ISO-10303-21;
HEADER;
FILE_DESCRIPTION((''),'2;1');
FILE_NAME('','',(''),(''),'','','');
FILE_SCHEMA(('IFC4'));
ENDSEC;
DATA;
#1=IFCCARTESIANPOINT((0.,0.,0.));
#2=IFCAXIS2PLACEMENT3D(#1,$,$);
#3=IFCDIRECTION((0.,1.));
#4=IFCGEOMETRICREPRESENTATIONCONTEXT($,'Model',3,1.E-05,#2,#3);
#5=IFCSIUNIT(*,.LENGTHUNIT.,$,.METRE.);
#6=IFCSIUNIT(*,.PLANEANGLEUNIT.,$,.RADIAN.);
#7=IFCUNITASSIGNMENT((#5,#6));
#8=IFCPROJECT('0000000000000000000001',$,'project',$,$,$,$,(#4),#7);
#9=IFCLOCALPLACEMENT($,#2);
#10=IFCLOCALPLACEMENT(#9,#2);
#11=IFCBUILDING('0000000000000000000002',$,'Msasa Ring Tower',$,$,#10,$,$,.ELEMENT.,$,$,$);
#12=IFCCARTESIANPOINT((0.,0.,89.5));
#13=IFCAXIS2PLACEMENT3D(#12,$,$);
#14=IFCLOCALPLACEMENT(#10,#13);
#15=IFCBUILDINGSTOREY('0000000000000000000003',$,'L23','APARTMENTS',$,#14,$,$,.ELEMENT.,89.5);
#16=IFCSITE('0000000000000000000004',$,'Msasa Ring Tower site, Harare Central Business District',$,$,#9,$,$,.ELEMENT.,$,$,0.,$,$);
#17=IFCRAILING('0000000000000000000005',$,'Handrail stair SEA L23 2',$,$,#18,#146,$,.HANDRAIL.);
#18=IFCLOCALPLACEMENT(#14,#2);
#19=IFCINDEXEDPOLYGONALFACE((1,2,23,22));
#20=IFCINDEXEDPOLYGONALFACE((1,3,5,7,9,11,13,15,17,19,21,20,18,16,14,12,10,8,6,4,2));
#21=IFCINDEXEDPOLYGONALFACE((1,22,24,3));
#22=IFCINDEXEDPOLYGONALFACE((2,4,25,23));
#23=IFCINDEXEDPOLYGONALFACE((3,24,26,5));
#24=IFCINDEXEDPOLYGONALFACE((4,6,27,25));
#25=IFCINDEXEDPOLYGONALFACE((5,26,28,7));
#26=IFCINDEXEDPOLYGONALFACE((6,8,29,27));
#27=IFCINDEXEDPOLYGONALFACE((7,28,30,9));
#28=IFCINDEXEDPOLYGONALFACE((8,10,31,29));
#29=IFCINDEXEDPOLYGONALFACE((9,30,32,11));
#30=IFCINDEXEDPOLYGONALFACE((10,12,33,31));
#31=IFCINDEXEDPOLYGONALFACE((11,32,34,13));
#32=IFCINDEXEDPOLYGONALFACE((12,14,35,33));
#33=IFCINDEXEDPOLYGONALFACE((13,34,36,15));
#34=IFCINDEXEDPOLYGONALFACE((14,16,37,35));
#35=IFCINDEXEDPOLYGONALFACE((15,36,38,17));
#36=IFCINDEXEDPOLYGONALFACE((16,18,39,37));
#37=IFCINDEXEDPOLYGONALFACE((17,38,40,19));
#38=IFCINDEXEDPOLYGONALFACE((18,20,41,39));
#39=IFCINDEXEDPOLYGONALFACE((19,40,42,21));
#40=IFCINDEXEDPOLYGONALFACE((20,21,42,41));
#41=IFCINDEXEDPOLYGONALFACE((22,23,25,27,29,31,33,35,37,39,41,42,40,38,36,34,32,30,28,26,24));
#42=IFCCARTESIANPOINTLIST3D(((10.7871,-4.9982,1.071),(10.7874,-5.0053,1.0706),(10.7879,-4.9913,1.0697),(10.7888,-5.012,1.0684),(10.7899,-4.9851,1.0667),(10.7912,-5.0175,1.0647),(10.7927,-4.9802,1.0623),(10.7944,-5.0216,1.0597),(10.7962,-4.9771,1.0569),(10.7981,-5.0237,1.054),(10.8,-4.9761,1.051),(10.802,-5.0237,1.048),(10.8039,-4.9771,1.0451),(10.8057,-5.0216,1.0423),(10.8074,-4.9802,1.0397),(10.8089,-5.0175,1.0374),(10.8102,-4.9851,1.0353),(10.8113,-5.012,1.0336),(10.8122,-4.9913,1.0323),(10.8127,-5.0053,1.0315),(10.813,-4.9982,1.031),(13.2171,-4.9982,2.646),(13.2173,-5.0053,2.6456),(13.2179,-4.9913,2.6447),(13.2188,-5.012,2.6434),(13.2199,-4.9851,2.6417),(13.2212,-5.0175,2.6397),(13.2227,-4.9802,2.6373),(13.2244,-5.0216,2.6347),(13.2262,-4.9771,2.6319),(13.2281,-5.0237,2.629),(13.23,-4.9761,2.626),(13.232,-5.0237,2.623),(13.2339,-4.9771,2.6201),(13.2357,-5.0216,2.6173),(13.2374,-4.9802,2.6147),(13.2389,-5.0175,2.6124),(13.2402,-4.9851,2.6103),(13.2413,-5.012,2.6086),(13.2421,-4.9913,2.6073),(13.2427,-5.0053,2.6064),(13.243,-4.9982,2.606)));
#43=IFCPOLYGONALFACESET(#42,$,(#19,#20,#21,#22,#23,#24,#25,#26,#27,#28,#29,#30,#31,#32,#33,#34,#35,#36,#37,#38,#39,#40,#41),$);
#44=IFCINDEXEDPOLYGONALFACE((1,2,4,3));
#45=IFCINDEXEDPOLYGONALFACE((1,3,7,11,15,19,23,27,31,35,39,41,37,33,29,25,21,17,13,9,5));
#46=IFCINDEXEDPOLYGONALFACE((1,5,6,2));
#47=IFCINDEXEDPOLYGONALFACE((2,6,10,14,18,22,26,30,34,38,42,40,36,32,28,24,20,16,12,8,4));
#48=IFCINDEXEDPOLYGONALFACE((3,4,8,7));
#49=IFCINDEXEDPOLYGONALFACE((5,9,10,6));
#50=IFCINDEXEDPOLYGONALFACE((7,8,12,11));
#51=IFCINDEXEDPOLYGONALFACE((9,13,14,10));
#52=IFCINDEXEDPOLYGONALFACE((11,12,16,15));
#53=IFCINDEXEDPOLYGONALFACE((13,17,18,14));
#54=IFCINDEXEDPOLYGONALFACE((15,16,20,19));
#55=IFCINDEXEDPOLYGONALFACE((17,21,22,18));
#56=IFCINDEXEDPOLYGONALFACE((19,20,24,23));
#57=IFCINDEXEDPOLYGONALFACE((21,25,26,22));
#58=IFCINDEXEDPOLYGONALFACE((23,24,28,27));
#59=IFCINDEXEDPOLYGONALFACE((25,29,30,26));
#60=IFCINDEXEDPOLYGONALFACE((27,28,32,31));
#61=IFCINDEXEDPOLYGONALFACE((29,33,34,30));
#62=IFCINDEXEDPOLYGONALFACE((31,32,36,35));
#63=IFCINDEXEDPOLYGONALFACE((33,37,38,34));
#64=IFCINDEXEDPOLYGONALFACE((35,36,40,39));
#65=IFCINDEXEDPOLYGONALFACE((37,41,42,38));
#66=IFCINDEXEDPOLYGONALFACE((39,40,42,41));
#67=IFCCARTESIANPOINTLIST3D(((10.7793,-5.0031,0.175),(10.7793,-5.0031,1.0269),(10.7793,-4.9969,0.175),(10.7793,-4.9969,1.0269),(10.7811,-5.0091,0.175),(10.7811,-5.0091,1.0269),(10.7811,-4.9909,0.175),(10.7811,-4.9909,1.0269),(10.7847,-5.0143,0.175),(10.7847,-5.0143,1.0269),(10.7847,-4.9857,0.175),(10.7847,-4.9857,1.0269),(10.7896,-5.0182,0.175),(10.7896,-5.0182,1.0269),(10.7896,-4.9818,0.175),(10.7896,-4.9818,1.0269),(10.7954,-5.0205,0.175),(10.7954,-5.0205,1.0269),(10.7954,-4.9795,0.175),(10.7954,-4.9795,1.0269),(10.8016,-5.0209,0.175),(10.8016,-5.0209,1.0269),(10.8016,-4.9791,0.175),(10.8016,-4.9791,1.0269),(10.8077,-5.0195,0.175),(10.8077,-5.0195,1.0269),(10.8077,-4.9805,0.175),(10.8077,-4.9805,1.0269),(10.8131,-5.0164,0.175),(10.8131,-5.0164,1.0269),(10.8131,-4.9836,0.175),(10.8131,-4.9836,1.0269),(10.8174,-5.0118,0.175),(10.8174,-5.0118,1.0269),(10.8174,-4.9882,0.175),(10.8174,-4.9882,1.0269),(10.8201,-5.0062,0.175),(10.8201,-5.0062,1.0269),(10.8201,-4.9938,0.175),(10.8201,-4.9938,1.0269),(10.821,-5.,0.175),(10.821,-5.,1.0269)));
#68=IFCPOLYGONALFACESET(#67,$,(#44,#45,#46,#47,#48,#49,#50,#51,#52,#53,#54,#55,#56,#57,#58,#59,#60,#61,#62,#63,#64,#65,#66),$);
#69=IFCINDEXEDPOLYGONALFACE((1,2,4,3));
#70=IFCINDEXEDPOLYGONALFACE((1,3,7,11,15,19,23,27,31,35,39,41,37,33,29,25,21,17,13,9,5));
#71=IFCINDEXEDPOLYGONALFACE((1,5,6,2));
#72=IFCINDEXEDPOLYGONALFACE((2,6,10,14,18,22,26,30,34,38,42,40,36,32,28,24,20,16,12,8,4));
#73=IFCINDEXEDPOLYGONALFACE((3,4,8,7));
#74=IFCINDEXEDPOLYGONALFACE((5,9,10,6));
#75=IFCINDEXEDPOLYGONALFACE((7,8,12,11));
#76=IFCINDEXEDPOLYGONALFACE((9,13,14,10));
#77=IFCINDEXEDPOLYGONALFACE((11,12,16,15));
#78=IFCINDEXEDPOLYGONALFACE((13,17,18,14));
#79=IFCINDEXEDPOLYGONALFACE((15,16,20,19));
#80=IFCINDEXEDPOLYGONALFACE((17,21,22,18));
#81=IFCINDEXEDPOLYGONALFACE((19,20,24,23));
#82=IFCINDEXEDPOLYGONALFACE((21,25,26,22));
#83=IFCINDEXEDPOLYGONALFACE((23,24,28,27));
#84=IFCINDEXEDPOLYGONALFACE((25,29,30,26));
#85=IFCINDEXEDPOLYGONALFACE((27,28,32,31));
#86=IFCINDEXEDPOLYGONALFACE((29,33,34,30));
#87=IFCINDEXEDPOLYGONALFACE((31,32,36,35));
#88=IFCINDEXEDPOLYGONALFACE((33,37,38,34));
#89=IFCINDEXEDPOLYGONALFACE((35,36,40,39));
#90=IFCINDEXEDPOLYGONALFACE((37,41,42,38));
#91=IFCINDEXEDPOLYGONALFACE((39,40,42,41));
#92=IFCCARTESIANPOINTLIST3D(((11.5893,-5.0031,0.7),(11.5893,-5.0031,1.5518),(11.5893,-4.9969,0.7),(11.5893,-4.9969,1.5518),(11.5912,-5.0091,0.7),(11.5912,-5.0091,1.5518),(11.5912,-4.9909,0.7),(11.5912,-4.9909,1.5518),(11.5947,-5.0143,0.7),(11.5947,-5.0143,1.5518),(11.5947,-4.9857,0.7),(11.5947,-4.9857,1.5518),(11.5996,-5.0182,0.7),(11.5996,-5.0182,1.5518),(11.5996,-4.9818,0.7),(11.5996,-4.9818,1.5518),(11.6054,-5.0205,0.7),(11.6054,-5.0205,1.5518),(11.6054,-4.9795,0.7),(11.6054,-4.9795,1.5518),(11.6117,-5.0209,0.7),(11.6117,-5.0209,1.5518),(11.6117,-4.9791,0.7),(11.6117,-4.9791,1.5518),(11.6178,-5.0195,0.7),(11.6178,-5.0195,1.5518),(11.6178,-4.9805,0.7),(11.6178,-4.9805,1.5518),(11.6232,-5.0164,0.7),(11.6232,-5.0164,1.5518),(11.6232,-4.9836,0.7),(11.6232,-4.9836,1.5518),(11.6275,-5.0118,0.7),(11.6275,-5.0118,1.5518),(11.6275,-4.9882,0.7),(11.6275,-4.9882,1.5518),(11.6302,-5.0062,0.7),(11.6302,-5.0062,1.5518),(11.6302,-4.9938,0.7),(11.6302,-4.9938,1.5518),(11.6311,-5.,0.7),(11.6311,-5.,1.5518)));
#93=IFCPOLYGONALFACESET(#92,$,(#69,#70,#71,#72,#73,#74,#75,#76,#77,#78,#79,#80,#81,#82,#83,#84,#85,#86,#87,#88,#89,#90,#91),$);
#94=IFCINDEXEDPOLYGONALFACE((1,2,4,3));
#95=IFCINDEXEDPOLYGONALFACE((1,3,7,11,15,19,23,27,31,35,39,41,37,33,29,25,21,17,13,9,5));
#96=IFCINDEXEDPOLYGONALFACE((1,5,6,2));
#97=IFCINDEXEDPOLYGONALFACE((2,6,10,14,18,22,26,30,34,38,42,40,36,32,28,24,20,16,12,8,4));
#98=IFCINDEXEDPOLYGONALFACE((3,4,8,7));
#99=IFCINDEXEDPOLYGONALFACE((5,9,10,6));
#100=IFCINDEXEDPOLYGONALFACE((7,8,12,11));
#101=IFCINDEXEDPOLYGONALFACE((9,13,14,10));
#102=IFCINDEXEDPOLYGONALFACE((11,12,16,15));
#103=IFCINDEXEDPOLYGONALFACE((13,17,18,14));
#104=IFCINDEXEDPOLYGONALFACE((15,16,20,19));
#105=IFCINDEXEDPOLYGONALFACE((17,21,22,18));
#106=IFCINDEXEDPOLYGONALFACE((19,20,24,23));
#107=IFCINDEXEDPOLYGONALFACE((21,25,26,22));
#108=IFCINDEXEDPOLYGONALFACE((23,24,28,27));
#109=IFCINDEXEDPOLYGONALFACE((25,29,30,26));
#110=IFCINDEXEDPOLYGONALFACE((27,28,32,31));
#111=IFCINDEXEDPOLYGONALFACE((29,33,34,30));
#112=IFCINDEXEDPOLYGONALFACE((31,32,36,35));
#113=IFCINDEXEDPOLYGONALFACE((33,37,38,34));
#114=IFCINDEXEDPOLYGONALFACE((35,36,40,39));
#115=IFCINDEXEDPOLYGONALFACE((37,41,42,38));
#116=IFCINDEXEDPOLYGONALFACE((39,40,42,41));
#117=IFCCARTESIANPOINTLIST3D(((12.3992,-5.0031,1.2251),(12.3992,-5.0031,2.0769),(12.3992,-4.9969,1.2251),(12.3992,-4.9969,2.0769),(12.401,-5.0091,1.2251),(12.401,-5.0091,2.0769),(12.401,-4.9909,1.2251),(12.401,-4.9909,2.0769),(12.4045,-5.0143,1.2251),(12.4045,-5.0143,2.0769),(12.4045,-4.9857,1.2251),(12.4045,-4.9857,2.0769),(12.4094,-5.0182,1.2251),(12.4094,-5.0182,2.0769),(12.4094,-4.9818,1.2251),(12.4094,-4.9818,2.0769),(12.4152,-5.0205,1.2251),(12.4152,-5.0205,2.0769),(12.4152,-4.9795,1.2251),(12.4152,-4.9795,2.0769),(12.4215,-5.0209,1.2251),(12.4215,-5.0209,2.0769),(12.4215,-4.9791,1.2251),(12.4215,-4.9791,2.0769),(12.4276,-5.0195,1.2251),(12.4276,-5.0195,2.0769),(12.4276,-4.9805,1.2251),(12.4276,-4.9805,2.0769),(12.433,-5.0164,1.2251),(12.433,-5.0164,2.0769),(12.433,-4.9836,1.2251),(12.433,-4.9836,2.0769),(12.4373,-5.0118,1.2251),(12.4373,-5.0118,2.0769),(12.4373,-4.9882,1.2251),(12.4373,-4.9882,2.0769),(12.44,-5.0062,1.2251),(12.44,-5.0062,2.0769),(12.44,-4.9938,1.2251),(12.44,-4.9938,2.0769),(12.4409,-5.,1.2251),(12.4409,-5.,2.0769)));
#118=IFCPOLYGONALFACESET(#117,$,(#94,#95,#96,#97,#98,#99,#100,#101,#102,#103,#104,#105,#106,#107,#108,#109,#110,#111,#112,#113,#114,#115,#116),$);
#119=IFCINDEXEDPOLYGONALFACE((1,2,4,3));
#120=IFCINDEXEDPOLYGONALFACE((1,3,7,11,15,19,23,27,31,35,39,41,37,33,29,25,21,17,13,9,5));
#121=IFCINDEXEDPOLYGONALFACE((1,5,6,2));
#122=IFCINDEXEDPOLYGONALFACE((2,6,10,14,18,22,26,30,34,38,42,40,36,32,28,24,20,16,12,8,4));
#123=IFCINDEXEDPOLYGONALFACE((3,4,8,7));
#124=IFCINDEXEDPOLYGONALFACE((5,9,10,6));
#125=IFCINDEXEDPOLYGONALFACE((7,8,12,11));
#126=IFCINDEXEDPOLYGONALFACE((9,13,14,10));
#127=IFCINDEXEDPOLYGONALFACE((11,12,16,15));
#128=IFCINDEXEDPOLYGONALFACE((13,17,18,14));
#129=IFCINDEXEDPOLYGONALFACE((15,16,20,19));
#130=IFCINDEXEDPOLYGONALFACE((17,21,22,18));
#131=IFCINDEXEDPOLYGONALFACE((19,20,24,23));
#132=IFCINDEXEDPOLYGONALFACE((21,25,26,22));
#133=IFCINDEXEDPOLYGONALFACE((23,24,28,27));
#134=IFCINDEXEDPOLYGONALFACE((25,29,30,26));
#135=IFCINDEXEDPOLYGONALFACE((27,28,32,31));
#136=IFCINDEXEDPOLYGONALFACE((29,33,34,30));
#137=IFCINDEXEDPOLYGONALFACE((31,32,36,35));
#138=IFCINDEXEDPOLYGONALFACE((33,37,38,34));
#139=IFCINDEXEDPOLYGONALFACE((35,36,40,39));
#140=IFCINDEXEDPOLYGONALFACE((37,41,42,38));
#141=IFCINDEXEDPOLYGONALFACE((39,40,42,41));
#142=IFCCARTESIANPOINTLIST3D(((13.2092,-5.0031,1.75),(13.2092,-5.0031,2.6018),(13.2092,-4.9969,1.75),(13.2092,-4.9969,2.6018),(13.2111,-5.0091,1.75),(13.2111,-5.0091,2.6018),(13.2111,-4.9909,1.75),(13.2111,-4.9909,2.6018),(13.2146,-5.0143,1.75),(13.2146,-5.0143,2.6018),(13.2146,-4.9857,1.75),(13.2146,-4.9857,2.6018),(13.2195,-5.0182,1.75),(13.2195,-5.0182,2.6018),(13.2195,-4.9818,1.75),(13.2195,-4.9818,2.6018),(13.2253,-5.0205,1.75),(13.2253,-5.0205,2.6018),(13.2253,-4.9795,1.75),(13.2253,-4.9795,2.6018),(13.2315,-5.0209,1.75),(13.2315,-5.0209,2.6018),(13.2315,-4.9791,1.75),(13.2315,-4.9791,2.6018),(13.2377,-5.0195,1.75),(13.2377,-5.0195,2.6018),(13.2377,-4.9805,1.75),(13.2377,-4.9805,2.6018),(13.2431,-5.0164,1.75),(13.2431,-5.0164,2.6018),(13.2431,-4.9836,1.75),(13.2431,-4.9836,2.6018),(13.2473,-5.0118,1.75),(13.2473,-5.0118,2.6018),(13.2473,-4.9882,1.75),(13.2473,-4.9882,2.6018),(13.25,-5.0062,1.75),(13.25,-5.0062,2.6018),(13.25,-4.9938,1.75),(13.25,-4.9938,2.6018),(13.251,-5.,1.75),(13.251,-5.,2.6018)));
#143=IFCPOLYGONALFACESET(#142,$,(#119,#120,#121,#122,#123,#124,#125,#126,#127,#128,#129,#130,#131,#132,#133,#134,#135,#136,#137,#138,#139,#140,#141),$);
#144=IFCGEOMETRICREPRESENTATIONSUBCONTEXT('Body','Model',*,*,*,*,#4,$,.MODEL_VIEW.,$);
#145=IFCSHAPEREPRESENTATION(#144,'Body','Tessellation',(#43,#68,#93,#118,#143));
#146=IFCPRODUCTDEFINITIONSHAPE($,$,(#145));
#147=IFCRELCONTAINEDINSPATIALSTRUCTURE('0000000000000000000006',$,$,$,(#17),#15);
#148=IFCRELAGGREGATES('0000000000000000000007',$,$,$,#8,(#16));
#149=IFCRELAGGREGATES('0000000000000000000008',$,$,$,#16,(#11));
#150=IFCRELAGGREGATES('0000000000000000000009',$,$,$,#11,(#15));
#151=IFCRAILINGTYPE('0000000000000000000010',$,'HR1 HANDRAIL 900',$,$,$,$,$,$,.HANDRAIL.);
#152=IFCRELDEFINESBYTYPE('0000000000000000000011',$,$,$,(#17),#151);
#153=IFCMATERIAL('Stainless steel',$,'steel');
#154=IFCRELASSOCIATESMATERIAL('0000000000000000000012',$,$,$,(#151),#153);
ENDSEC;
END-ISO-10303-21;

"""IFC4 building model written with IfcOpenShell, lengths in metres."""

from ifc_helpers import new_model, si_unit, direction, frame, origin, origin_2d, place, context, subcontext, project, spatial, circle, extrude, material, type_object, element, save


model = new_model("IFC4")

# Units and contexts
model_context = context("Model", 3, precision=1e-05, world=origin(), true_north=direction((0.0, 1.0)))
body_context = subcontext(model_context, "Body", "Model", "MODEL_VIEW")
ifc_project = project(units=[si_unit("LENGTHUNIT", "METRE"), si_unit("PLANEANGLEUNIT", "RADIAN")], contexts=[model_context])

# Site, building, storey
site_placement = place(None, origin())
site = spatial("IfcSite", under=ifc_project, at=site_placement, Name="Msasa Ring Tower site, Harare Central Business District", CompositionType="ELEMENT", RefElevation=0.0)
building_placement = place(site_placement, origin())
building = spatial("IfcBuilding", under=site, at=building_placement, Name="Msasa Ring Tower", CompositionType="ELEMENT")
storey_placement = place(building_placement, frame((0.0, 0.0, 89.5)))
storey = spatial("IfcBuildingStorey", under=building, at=storey_placement, Name="L23", Description="APARTMENTS", CompositionType="ELEMENT", Elevation=89.5)

# Railing
ifc_material_1 = material(Name="Stainless steel", Category="steel")
railing_type = type_object("IfcRailingType", Name="HR1 HANDRAIL 900", PredefinedType="HANDRAIL", material=ifc_material_1)
for number, where, name in (
    (1, (10.8, -5.0, 0.175), "Handrail stair SEA L23 2"),
):
    element("IfcRailing", number, at=place(storey_placement, frame(where)), inside=storey, type_object=railing_type, Name=name, PredefinedType="HANDRAIL", context=body_context, shape_type="SweptSolid", body=[
        extrude(circle(Radius=0.0239, at=origin_2d()), frame((0.0, 0.0, 0.876), z_axis=(0.839154, 0.0, 0.543894), x_axis=(0.0, 1.0, 0.0)), (0.0, 0.0, 1.0), 2.8958),
        extrude(circle(Radius=0.021, at=origin_2d()), origin(), (0.0, 0.0, 1.0), 0.8518),
        extrude(circle(Radius=0.021, at=origin_2d()), frame((0.8101, 0.0, 0.5249)), (0.0, 0.0, 1.0), 0.8518),
        extrude(circle(Radius=0.021, at=origin_2d()), frame((1.6199, 0.0, 1.05)), (0.0, 0.0, 1.0), 0.8518),
        extrude(circle(Radius=0.021, at=origin_2d()), frame((2.4299, 0.0, 1.575)), (0.0, 0.0, 1.0), 0.8518),
    ])

save(model, "model.ifc")
